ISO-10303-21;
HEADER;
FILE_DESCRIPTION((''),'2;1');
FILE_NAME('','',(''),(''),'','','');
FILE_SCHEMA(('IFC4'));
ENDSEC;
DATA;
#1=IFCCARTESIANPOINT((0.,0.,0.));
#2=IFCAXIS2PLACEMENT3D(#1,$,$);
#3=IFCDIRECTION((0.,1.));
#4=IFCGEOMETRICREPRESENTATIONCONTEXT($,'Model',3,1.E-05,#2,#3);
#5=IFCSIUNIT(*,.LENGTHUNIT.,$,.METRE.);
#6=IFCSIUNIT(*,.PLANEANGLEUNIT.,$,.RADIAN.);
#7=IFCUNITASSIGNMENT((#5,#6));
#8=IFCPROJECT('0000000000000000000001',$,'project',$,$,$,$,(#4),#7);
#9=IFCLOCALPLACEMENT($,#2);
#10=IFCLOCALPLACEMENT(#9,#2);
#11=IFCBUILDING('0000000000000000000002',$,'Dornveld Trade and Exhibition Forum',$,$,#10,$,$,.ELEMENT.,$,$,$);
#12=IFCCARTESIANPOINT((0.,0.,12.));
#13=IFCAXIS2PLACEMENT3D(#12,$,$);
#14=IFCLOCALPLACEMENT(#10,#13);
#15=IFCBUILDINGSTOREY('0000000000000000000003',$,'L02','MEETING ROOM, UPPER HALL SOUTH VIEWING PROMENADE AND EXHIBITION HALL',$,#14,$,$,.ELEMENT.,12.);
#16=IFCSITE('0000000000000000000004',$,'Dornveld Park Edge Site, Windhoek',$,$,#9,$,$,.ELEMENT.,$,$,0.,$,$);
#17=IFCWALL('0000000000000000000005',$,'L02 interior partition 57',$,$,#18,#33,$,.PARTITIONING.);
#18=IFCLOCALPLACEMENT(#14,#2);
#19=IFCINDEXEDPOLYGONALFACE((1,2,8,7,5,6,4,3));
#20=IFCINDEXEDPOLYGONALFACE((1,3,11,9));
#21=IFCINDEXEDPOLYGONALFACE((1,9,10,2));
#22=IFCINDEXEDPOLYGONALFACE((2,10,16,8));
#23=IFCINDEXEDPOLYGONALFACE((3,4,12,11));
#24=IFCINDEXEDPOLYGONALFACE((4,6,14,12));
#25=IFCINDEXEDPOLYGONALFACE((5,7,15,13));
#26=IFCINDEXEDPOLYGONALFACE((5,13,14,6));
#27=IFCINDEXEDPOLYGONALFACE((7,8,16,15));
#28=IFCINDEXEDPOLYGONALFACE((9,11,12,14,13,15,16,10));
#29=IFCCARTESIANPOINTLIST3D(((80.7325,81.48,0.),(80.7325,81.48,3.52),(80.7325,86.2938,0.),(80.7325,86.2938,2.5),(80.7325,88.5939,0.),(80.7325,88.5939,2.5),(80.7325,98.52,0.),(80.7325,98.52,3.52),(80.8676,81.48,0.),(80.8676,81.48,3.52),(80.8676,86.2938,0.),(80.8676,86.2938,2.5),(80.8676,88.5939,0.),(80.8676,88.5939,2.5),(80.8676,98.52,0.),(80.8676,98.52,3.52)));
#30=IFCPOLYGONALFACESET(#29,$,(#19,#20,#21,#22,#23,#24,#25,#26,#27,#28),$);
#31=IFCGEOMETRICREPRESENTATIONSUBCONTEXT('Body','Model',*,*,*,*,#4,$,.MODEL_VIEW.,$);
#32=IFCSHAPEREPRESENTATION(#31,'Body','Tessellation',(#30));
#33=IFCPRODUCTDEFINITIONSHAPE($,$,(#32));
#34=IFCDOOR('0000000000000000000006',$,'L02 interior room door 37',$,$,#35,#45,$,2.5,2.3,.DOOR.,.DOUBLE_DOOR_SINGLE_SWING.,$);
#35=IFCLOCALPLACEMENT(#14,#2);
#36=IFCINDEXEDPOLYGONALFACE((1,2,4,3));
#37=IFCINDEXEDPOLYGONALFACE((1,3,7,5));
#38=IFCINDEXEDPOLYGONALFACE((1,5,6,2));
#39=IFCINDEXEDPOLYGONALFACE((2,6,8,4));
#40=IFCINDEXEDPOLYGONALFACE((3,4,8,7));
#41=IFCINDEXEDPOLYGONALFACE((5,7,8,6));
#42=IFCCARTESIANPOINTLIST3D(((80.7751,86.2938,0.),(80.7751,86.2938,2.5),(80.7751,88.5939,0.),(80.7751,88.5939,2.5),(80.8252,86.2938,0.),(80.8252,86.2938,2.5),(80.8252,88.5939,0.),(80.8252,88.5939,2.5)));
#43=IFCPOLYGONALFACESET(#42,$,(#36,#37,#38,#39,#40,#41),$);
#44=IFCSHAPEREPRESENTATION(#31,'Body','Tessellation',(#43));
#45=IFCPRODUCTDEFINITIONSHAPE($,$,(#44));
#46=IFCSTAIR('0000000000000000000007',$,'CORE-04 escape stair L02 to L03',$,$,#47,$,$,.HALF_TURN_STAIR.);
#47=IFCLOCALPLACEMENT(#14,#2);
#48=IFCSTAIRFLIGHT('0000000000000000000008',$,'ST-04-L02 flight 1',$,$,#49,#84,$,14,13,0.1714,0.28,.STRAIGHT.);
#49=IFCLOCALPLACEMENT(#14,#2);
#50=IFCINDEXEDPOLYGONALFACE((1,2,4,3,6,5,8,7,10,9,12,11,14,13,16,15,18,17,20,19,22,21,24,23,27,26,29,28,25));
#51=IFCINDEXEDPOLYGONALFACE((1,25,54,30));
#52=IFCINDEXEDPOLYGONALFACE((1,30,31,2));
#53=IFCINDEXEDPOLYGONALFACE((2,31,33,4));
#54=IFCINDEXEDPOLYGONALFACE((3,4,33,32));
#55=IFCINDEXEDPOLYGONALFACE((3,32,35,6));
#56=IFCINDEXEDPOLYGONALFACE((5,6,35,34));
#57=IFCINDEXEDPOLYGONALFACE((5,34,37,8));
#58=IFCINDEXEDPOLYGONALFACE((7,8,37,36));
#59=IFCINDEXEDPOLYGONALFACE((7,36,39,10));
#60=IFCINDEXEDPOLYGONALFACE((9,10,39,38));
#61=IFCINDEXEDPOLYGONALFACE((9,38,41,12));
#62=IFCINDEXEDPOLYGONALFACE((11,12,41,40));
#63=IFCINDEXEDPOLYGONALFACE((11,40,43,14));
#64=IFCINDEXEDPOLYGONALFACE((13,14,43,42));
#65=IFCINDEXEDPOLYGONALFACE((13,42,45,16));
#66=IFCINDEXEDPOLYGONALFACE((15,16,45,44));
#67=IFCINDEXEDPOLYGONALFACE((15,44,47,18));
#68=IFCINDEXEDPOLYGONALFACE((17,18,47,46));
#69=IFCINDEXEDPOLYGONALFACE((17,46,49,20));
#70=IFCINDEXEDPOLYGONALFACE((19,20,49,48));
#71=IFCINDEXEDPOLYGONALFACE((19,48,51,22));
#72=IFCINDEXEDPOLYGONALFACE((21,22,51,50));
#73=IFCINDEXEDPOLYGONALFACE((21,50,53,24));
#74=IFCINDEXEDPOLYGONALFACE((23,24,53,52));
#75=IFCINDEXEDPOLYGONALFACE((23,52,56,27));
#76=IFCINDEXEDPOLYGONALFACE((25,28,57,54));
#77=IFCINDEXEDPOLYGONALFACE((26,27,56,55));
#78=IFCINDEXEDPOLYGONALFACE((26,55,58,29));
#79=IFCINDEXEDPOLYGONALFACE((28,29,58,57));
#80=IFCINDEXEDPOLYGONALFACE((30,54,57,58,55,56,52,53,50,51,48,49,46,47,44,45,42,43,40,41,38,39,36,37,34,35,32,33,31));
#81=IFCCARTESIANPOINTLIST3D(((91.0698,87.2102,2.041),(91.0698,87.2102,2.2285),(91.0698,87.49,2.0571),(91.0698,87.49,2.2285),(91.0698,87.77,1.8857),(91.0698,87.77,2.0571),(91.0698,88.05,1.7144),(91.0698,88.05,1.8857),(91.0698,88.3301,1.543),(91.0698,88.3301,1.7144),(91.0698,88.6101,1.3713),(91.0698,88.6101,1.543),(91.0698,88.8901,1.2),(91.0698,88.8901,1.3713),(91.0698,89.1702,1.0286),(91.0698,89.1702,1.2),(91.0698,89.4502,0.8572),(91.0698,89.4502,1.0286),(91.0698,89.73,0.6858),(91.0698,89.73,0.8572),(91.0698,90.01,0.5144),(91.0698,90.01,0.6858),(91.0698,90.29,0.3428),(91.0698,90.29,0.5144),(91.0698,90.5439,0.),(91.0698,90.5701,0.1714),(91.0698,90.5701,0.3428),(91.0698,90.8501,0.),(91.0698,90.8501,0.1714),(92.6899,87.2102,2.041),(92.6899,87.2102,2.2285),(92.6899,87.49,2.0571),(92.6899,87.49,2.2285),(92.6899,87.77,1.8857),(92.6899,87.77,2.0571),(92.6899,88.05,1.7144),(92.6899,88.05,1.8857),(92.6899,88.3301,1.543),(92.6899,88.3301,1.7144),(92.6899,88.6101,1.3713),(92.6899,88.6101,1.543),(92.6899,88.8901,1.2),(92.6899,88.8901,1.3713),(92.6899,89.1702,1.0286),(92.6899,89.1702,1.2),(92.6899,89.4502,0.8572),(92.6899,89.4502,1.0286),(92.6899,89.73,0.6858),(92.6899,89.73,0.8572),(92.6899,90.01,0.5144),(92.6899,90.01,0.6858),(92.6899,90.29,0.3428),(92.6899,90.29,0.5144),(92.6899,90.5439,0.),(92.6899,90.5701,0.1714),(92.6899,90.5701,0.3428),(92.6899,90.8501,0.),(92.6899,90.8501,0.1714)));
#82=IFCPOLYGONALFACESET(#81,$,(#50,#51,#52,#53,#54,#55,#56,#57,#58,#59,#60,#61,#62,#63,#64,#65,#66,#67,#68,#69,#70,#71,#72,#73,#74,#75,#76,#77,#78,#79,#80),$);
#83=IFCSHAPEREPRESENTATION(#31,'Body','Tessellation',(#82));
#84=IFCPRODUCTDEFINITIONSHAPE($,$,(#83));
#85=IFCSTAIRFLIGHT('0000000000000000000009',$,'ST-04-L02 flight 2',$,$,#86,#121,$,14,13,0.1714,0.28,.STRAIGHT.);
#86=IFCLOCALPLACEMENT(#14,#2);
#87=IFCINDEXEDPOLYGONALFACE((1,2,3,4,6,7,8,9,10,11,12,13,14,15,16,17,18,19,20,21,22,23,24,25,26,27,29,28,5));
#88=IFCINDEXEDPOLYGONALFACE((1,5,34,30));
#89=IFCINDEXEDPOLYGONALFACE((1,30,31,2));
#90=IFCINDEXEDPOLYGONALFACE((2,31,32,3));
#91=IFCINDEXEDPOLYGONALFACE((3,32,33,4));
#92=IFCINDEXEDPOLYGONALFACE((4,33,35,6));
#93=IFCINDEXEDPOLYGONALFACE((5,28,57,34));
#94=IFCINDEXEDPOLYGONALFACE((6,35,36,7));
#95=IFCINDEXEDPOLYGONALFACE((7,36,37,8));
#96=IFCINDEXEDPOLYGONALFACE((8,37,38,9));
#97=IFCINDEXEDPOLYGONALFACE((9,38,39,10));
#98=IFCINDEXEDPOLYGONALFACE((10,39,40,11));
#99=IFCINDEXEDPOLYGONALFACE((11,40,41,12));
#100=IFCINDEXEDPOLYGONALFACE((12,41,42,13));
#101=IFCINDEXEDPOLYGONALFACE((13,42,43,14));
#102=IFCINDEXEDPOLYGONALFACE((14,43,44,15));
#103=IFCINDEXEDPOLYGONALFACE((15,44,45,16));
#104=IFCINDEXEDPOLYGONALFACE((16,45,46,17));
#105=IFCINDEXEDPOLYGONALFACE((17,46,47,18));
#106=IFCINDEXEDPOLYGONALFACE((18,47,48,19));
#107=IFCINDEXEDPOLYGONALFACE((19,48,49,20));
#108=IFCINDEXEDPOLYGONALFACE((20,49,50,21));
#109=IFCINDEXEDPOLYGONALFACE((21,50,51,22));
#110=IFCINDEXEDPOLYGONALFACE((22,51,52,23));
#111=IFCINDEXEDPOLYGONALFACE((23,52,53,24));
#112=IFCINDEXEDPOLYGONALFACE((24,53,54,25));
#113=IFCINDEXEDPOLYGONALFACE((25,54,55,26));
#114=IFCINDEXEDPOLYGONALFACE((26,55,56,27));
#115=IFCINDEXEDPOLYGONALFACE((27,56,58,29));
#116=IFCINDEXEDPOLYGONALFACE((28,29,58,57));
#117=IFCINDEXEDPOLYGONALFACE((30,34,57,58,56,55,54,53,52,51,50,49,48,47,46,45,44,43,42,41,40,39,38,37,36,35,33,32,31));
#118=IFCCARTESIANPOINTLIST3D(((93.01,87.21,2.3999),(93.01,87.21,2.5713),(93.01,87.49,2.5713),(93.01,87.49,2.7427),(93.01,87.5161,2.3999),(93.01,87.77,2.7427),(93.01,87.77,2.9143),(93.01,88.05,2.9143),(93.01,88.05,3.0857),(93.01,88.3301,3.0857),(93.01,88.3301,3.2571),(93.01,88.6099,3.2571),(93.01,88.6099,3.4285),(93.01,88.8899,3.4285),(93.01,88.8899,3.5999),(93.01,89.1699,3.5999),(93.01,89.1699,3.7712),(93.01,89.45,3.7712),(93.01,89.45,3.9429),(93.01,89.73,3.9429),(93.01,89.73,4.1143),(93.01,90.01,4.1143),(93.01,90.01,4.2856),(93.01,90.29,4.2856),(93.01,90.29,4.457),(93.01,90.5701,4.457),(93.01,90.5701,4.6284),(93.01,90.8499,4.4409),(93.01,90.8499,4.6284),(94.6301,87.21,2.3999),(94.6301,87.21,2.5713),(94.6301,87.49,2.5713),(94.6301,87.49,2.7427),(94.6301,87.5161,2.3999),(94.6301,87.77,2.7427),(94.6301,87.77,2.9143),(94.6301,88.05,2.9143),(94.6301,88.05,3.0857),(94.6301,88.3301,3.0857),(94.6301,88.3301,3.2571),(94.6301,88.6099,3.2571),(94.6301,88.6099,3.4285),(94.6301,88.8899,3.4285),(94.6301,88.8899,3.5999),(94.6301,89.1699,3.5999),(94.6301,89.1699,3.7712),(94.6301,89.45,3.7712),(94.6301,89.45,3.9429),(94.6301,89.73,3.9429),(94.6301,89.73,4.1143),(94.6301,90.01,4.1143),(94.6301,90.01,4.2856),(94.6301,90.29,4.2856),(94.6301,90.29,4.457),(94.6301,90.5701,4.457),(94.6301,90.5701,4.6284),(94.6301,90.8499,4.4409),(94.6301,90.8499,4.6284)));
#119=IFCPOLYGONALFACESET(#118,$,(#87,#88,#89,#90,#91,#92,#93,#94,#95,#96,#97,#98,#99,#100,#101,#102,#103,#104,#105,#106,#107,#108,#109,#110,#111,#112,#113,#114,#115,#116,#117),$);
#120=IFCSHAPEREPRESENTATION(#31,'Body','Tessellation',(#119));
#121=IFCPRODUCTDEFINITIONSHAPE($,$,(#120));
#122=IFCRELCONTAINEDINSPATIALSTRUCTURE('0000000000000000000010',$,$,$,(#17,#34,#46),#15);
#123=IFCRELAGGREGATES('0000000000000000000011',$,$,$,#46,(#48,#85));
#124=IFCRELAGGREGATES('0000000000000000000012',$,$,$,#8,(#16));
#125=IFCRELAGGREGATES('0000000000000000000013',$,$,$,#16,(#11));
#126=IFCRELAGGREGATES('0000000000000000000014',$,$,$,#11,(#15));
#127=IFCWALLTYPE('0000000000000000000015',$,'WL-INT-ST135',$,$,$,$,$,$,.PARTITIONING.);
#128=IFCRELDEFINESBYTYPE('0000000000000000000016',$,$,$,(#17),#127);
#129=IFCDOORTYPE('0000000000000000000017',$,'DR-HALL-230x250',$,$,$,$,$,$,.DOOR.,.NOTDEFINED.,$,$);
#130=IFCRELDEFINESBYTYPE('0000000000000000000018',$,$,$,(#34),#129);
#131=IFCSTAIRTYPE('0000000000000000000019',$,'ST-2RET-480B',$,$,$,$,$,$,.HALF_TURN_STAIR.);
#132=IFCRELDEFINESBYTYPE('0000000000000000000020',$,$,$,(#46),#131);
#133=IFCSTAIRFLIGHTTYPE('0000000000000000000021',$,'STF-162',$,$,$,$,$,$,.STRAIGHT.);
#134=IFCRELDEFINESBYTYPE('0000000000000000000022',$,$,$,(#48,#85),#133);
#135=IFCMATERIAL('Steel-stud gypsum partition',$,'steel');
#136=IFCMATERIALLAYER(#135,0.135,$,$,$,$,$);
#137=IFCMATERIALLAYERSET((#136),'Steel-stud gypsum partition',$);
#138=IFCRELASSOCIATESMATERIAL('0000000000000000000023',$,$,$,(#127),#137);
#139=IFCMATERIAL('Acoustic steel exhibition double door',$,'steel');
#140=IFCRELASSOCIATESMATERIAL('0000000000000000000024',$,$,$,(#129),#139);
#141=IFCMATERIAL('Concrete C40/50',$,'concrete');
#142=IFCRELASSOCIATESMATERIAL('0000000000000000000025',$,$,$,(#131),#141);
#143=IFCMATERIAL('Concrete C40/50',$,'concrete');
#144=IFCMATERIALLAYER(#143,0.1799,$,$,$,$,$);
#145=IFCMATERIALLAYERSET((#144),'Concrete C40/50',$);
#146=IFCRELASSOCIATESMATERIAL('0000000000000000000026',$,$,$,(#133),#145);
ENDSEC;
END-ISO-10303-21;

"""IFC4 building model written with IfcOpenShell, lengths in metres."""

from ifc_helpers import new_model, si_unit, direction, frame, frame_2d, origin, place, context, subcontext, project, spatial, polyline, rectangle, outline, extrude, material, layer, layer_set, type_object, element, fill, aggregate, save


model = new_model("IFC4")

# Units and contexts
model_context = context("Model", 3, precision=1e-05, world=origin(), true_north=direction((0.0, 1.0)))
body_context = subcontext(model_context, "Body", "Model", "MODEL_VIEW")
ifc_project = project(units=[si_unit("LENGTHUNIT", "METRE"), si_unit("PLANEANGLEUNIT", "RADIAN")], contexts=[model_context])

# Site, building, storey
site_placement = place(None, origin())
site = spatial("IfcSite", under=ifc_project, at=site_placement, Name="Dornveld Park Edge Site, Windhoek", CompositionType="ELEMENT", RefElevation=0.0)
building_placement = place(site_placement, origin())
building = spatial("IfcBuilding", under=site, at=building_placement, Name="Dornveld Trade and Exhibition Forum", CompositionType="ELEMENT")
storey_placement = place(building_placement, frame((0.0, 0.0, 12.0)))
storey = spatial("IfcBuildingStorey", under=building, at=storey_placement, Name="L02", Description="MEETING ROOM, UPPER HALL SOUTH VIEWING PROMENADE AND EXHIBITION HALL", CompositionType="ELEMENT", Elevation=12.0)

# Wall, opening, door
ifc_material_1 = material(Name="Steel-stud gypsum partition", Category="steel")
ifc_layer_1 = layer(ifc_material_1, 0.135)
ifc_layer_set_1 = layer_set([ifc_layer_1], Name="Steel-stud gypsum partition")
wall_type_1 = type_object("IfcWallType", Name="WL-INT-ST135", PredefinedType="PARTITIONING", material=ifc_layer_set_1)
wall_1_placement = place(storey_placement, frame((80.8, 81.48, 0.0), z_axis=(0.0, 0.0, 1.0), x_axis=(0.0, 1.0, 0.0)))
wall_1 = element("IfcWall", 1, at=wall_1_placement, inside=storey, type_object=wall_type_1, Name="L02 interior partition 57", PredefinedType="PARTITIONING", context=body_context, shape_type="SweptSolid", body=[
    extrude(rectangle(XDim=17.04, YDim=0.135, at=frame_2d((8.52, 0.0))), origin(), (0.0, 0.0, 1.0), 3.52),
])
opening_1_placement = place(wall_1_placement, frame((4.814, 0.0, 0.0)))
opening_1 = element("IfcOpeningElement", 2, at=opening_1_placement, cuts=wall_1, PredefinedType="OPENING", context=body_context, shape_type="SweptSolid", body=[
    extrude(rectangle(XDim=2.3, YDim=2.5, at=frame_2d((1.1499, 1.25))), frame((0.0, 0.0774, 0.0), z_axis=(0.0, -1.0, 0.0), x_axis=(1.0, 0.0, 0.0)), (0.0, 0.0, 1.0), 0.155),
])
ifc_material_2 = material(Name="Acoustic steel exhibition double door", Category="steel")
door_type_1 = type_object("IfcDoorType", Name="DR-HALL-230x250", OperationType="NOTDEFINED", PredefinedType="DOOR", material=ifc_material_2)
door_1_placement = place(opening_1_placement, origin())
door_1 = element("IfcDoor", 3, at=door_1_placement, inside=storey, type_object=door_type_1, Name="L02 interior room door 37", OperationType="DOUBLE_DOOR_SINGLE_SWING", OverallHeight=2.5, OverallWidth=2.3, PredefinedType="DOOR", context=body_context, shape_type="SweptSolid", body=[
    extrude(rectangle(XDim=2.3, YDim=2.5, at=frame_2d((1.1499, 1.25))), frame((0.0, 0.0249, 0.0), z_axis=(0.0, -1.0, 0.0), x_axis=(1.0, 0.0, 0.0)), (0.0, 0.0, 1.0), 0.05),
])
fill(opening_1, door_1)

# Stair, stair flights
ifc_material_3 = material(Name="Concrete C40/50", Category="concrete")
stair_type = type_object("IfcStairType", Name="ST-2RET-480B", PredefinedType="HALF_TURN_STAIR", material=ifc_material_3)
stair_placement = place(storey_placement, origin())
stair = element("IfcStair", 4, at=stair_placement, inside=storey, type_object=stair_type, Name="CORE-04 escape stair L02 to L03", PredefinedType="HALF_TURN_STAIR")
ifc_material_4 = material(Name="Concrete C40/50", Category="concrete")
ifc_layer_2 = layer(ifc_material_4, 0.1799)
ifc_layer_set_2 = layer_set([ifc_layer_2], Name="Concrete C40/50")
stair_flight_type = type_object("IfcStairFlightType", Name="STF-162", PredefinedType="STRAIGHT", material=ifc_layer_set_2)
stair_flight_1_placement = place(storey_placement, frame((91.8799, 90.8501, 0.0), z_axis=(0.0, 0.0, 1.0), x_axis=(0.0, -1.0, 0.0)))
stair_flight_1 = element("IfcStairFlight", 5, at=stair_flight_1_placement, type_object=stair_flight_type, Name="ST-04-L02 flight 1", NumberOfRisers=14, NumberOfTreads=13, PredefinedType="STRAIGHT", RiserHeight=0.1714, TreadLength=0.28, context=body_context, shape_type="SweptSolid", body=[
    extrude(outline(polyline([(0.0, 0.0), (0.0, 0.1714), (0.28, 0.1714), (0.28, 0.3428), (0.5601, 0.3428), (0.5601, 0.5144), (0.8401, 0.5144), (0.8401, 0.6858), (1.1201, 0.6858), (1.1201, 0.8572), (1.3999, 0.8572), (1.3999, 1.0286), (1.6799, 1.0286), (1.6799, 1.2), (1.96, 1.2), (1.96, 1.3713), (2.24, 1.3713), (2.24, 1.543), (2.52, 1.543), (2.52, 1.7144), (2.8, 1.7144), (2.8, 1.8857), (3.0801, 1.8857), (3.0801, 2.0571), (3.3601, 2.0571), (3.3601, 2.2285), (3.6399, 2.2285), (3.6399, 2.3999), (3.6399, 2.041), (0.3062, 0.0), (0.0, 0.0)])), frame((0.0, 0.8101, 0.0), z_axis=(0.0, -1.0, 0.0), x_axis=(1.0, 0.0, 0.0)), (0.0, 0.0, 1.0), 1.6201),
])
stair_flight_2_placement = place(storey_placement, frame((93.8201, 87.21, 2.3999), z_axis=(0.0, 0.0, 1.0), x_axis=(0.0, 1.0, 0.0)))
stair_flight_2 = element("IfcStairFlight", 6, at=stair_flight_2_placement, type_object=stair_flight_type, Name="ST-04-L02 flight 2", NumberOfRisers=14, NumberOfTreads=13, PredefinedType="STRAIGHT", RiserHeight=0.1714, TreadLength=0.28, context=body_context, shape_type="SweptSolid", body=[
    extrude(outline(polyline([(0.0, 0.0), (0.0, 0.1714), (0.28, 0.1714), (0.28, 0.3428), (0.5601, 0.3428), (0.5601, 0.5144), (0.8401, 0.5144), (0.8401, 0.6858), (1.1201, 0.6858), (1.1201, 0.8572), (1.3999, 0.8572), (1.3999, 1.0286), (1.6799, 1.0286), (1.6799, 1.2), (1.96, 1.2), (1.96, 1.3713), (2.24, 1.3713), (2.24, 1.543), (2.52, 1.543), (2.52, 1.7144), (2.8, 1.7144), (2.8, 1.8857), (3.0801, 1.8857), (3.0801, 2.0571), (3.3601, 2.0571), (3.3601, 2.2285), (3.6399, 2.2285), (3.6399, 2.3999), (3.6399, 2.041), (0.3062, 0.0), (0.0, 0.0)])), frame((0.0, 0.8101, 0.0), z_axis=(0.0, -1.0, 0.0), x_axis=(1.0, 0.0, 0.0)), (0.0, 0.0, 1.0), 1.6201),
])
aggregate(stair, [stair_flight_1, stair_flight_2])

save(model, "model.ifc")
